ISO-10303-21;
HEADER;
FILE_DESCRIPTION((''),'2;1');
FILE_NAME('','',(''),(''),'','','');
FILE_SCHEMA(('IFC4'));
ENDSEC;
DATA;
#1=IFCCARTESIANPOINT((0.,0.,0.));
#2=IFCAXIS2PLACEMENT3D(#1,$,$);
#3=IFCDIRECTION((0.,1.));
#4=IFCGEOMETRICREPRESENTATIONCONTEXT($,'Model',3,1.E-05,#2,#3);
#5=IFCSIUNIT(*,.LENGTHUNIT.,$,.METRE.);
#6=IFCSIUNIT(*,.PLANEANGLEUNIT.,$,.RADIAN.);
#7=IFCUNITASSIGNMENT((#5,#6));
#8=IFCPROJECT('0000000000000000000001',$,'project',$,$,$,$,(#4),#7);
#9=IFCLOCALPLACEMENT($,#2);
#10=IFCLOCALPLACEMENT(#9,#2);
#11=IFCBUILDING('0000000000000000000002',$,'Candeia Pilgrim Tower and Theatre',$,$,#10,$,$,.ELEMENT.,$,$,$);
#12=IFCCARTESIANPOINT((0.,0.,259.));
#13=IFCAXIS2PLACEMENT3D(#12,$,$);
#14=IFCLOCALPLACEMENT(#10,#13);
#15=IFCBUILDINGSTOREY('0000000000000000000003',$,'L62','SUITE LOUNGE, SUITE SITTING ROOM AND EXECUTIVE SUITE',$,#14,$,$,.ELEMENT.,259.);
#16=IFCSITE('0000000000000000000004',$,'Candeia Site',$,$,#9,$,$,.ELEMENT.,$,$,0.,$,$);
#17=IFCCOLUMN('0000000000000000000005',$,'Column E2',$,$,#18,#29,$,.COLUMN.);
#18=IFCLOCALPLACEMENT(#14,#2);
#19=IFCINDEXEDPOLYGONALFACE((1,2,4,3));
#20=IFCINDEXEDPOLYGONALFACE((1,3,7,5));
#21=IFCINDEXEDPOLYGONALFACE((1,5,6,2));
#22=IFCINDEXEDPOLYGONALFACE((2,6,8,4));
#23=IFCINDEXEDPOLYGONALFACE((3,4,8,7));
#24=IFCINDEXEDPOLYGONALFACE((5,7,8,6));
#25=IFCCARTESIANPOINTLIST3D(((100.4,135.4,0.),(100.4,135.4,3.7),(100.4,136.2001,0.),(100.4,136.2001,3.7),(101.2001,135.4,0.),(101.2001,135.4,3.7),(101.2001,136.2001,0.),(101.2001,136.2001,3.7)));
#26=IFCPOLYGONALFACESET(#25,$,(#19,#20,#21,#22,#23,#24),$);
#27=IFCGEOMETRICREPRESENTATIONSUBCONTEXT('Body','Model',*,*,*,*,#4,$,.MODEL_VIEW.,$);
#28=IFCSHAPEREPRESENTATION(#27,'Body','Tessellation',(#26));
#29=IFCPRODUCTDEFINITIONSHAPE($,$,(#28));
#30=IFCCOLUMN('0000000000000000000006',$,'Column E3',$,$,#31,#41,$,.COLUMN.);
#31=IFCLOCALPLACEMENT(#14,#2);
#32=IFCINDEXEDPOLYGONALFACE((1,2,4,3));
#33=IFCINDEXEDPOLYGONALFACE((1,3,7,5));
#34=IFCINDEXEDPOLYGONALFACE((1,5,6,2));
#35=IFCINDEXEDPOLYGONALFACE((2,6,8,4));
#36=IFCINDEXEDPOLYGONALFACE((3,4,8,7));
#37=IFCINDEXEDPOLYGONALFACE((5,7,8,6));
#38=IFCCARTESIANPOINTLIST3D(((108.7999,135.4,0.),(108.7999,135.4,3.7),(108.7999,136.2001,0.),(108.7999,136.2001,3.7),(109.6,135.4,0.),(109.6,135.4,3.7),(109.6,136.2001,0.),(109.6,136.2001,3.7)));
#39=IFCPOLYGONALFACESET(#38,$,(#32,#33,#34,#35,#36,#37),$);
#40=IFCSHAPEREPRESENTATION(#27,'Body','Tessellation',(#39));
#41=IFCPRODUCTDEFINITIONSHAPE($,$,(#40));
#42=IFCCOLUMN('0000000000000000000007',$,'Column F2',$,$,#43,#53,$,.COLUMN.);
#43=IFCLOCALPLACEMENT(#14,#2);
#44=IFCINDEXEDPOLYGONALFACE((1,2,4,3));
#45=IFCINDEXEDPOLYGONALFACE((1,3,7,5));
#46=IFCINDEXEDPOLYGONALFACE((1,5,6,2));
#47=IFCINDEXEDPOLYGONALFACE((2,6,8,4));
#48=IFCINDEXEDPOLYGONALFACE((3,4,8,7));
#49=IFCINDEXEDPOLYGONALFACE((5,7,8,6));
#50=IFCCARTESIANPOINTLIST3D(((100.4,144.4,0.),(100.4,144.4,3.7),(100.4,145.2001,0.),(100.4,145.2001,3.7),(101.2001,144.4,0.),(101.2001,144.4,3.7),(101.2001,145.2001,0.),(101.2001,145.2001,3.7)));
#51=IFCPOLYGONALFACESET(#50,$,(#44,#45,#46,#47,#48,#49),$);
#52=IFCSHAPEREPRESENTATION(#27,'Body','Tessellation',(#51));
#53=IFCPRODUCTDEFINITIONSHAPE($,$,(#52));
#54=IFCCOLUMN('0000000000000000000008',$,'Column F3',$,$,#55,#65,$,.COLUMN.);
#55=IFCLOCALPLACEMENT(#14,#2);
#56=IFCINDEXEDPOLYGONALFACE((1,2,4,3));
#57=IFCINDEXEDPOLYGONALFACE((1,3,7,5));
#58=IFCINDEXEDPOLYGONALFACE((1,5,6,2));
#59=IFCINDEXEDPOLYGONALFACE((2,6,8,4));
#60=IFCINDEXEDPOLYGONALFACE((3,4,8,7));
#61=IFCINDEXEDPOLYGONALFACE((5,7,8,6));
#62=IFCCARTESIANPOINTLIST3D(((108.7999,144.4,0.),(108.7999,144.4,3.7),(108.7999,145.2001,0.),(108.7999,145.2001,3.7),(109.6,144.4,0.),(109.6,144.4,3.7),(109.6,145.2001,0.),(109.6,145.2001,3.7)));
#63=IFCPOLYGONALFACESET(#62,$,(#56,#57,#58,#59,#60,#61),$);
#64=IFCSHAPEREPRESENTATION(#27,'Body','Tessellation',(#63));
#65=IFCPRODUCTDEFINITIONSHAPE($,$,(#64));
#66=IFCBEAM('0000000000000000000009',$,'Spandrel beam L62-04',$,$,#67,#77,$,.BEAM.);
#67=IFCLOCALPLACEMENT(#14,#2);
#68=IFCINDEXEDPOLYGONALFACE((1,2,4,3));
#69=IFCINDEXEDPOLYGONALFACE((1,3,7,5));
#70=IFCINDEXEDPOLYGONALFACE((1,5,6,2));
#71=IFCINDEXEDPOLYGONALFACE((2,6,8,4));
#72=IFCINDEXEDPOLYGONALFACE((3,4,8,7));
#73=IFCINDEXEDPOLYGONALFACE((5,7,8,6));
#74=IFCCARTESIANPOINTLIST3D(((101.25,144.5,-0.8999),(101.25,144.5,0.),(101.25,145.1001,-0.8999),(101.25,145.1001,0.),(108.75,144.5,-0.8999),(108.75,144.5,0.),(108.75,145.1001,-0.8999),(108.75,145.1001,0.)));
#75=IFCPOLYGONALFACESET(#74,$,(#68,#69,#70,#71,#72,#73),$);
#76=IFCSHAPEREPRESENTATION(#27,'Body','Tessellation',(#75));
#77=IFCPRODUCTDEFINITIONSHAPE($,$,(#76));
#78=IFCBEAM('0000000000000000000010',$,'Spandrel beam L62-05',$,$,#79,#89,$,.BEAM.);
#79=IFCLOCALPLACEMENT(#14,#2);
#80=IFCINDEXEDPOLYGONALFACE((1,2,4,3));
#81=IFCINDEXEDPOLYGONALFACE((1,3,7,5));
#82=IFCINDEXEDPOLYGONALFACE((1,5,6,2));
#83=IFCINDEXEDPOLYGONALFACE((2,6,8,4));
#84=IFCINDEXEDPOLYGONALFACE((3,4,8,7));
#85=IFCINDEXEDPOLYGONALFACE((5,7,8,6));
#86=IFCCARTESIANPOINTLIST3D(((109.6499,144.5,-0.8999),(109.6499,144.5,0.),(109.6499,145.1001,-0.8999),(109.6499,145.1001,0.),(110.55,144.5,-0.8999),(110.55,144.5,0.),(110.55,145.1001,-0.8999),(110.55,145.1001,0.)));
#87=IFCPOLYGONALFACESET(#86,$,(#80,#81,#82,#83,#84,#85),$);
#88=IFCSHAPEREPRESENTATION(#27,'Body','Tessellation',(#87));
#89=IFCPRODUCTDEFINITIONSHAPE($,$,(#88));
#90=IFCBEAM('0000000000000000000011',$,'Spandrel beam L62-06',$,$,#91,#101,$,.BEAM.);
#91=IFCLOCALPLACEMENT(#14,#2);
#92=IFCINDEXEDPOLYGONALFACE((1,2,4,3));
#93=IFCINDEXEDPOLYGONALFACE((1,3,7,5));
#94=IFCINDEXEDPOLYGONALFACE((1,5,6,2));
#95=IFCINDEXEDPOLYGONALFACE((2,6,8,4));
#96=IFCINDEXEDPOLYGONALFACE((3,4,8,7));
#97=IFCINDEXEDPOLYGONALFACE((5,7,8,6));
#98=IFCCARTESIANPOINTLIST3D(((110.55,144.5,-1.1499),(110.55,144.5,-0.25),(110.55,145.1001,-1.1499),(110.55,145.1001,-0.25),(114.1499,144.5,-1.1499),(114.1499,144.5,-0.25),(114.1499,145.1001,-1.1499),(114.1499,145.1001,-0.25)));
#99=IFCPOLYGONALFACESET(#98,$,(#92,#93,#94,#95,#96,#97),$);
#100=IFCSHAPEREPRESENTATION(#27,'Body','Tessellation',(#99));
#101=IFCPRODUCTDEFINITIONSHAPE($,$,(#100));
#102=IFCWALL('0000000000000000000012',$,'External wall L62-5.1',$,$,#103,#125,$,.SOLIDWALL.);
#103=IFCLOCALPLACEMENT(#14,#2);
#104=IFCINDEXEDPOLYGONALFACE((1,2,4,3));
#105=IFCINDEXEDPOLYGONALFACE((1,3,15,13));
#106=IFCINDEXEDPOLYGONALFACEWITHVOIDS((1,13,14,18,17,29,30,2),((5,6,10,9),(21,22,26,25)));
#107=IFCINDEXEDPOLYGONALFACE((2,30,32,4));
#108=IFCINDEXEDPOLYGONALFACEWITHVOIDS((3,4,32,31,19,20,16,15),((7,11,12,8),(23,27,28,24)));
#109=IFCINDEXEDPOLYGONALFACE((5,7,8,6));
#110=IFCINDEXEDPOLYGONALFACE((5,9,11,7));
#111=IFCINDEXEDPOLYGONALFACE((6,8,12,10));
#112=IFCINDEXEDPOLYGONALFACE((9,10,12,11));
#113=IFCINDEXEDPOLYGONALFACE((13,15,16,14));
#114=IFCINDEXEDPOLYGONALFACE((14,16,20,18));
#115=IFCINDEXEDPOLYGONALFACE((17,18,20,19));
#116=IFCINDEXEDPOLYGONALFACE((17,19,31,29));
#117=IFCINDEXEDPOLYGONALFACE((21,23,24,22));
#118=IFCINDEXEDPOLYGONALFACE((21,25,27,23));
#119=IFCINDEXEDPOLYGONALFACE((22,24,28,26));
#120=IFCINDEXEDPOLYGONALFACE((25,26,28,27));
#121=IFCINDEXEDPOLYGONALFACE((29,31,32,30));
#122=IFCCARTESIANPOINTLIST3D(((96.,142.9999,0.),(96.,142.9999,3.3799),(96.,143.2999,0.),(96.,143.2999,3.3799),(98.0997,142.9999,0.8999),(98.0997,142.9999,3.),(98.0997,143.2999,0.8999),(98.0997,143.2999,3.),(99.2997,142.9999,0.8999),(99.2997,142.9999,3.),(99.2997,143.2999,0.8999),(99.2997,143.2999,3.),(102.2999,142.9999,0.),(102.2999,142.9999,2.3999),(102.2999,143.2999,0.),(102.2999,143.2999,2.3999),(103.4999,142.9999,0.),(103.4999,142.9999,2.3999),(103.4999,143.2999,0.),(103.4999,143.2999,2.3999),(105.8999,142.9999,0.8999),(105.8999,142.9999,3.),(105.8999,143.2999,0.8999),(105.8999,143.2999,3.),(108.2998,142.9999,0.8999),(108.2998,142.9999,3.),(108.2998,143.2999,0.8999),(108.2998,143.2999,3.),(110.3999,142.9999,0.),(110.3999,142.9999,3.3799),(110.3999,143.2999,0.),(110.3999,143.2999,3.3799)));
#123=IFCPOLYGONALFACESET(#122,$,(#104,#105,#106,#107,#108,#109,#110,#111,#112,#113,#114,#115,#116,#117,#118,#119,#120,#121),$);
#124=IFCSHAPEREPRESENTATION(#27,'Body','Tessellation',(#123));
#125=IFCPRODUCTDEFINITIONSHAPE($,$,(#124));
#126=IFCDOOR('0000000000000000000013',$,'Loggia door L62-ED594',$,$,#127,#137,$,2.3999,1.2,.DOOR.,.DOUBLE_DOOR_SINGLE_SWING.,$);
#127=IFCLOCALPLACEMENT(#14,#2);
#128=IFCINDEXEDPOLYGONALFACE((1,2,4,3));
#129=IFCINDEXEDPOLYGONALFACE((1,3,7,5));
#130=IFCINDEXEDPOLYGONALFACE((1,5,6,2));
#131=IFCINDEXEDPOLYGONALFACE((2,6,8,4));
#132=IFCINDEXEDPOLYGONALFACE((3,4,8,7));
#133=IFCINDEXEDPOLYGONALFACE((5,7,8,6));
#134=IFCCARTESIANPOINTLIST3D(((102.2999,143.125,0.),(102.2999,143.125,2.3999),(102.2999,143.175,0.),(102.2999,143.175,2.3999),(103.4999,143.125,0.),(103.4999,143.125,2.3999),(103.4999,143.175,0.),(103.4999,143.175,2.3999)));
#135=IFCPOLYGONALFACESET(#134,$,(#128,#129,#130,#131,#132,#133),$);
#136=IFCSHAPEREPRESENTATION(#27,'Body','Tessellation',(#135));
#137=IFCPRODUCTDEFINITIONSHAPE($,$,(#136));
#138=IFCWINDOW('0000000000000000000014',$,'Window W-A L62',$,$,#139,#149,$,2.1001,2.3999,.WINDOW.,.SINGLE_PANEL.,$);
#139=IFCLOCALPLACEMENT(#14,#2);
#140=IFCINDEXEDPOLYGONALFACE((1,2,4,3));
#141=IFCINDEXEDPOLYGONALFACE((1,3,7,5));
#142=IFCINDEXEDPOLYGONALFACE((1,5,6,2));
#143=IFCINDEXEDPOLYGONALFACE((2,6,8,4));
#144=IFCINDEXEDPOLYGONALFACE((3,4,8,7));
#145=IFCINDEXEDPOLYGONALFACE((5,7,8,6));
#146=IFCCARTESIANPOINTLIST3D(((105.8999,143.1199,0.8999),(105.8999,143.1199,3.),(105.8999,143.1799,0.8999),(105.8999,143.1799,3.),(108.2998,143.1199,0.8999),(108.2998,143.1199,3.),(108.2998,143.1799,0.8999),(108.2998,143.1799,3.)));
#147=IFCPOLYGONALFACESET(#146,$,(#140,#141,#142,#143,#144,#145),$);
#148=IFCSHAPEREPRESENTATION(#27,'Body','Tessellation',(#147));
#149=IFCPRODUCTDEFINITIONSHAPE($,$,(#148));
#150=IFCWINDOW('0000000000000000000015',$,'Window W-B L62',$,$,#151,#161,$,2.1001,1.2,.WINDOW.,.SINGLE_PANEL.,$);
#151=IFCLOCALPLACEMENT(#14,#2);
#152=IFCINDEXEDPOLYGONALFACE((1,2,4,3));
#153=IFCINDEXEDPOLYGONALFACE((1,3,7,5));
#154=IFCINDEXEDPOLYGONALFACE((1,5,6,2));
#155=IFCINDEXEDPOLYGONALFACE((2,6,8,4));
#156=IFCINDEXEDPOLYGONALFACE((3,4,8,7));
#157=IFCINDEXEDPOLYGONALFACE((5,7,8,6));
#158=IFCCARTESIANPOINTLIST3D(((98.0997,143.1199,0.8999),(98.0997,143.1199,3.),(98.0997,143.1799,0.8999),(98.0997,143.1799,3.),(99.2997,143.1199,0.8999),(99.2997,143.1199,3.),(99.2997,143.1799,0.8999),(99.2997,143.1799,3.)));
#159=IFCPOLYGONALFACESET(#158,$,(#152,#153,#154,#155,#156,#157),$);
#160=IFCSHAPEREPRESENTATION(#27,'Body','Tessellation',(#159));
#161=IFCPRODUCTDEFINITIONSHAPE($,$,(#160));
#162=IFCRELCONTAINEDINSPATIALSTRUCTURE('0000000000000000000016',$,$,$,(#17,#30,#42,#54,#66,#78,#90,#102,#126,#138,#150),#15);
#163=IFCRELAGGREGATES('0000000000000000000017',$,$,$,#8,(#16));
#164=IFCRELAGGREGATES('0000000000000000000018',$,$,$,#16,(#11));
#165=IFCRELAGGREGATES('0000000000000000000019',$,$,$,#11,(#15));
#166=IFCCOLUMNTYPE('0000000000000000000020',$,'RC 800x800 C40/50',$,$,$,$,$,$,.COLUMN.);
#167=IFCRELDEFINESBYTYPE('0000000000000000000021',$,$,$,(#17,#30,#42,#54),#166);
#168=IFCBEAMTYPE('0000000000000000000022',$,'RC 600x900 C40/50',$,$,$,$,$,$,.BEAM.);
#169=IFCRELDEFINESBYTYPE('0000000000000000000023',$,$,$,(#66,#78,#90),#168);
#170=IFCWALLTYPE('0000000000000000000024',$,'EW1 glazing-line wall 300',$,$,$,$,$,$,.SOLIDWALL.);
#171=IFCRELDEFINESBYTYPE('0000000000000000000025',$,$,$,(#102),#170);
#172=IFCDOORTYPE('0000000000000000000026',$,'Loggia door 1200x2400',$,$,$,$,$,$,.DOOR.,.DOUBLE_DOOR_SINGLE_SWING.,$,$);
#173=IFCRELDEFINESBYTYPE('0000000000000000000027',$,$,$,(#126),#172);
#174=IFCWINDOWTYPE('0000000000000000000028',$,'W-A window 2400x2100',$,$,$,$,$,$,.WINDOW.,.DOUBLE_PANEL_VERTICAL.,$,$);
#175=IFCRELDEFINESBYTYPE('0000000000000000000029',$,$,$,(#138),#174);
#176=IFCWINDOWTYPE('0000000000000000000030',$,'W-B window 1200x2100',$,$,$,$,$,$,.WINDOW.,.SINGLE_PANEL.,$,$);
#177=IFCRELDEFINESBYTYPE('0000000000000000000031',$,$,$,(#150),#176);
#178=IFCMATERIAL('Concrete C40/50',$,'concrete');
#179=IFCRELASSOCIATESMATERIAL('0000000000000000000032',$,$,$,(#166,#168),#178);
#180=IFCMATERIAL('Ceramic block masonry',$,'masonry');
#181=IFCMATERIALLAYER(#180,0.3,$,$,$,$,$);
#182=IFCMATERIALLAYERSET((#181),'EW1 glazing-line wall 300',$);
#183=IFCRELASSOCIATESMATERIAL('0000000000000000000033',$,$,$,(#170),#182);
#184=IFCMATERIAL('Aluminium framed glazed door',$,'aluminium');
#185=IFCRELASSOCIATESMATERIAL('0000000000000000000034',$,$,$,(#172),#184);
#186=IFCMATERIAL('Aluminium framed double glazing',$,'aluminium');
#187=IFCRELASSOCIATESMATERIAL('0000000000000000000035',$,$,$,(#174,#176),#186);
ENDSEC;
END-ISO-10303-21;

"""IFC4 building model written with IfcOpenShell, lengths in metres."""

from ifc_helpers import new_model, si_unit, direction, frame, frame_2d, origin, origin_2d, place, context, subcontext, project, spatial, rectangle, extrude, material, layer, layer_set, material_profile, profile_set, type_object, element, fill, save


model = new_model("IFC4")

# Units and contexts
model_context = context("Model", 3, precision=1e-05, world=origin(), true_north=direction((0.0, 1.0)))
body_context = subcontext(model_context, "Body", "Model", "MODEL_VIEW")
ifc_project = project(units=[si_unit("LENGTHUNIT", "METRE"), si_unit("PLANEANGLEUNIT", "RADIAN")], contexts=[model_context])

# Site, building, storey
site_placement = place(None, origin())
site = spatial("IfcSite", under=ifc_project, at=site_placement, Name="Candeia Site", CompositionType="ELEMENT", RefElevation=0.0)
building_placement = place(site_placement, origin())
building = spatial("IfcBuilding", under=site, at=building_placement, Name="Candeia Pilgrim Tower and Theatre", CompositionType="ELEMENT")
storey_placement = place(building_placement, frame((0.0, 0.0, 259.0)))
storey = spatial("IfcBuildingStorey", under=building, at=storey_placement, Name="L62", Description="SUITE LOUNGE, SUITE SITTING ROOM AND EXECUTIVE SUITE", CompositionType="ELEMENT", Elevation=259.0)

# Columns
ifc_material_1 = material(Name="Concrete C40/50", Category="concrete")
ifc_material_profile_1 = material_profile(ifc_material_1, rectangle(XDim=0.8, YDim=0.8, at=origin_2d()))
ifc_profile_set_1 = profile_set([ifc_material_profile_1], Name="Concrete C40/50")
column_type = type_object("IfcColumnType", Name="RC 800x800 C40/50", PredefinedType="COLUMN", material=ifc_profile_set_1)
for number, where, z_axis, x_axis, name in (
    (1, (100.8, 135.8, 0.0), (0.0, 0.0, 1.0), (1.0, 0.0, 0.0), "Column E2"),
    (2, (109.2, 135.8, 0.0), (0.0, 0.0, 1.0), (1.0, 0.0, 0.0), "Column E3"),
    (3, (100.8, 144.8, 0.0), (0.0, 0.0, 1.0), (1.0, 0.0, 0.0), "Column F2"),
    (4, (109.2, 144.8, 0.0), (0.0, 0.0, 1.0), (1.0, 0.0, 0.0), "Column F3"),
):
    element("IfcColumn", number, at=place(storey_placement, frame(where, z_axis=z_axis, x_axis=x_axis)), inside=storey, type_object=column_type, Name=name, PredefinedType="COLUMN", context=body_context, shape_type="SweptSolid", body=[
        extrude(rectangle(XDim=0.8, YDim=0.8, at=origin_2d()), origin(), (0.0, 0.0, 1.0), 3.7),
    ])

# Beams
ifc_material_profile_2 = material_profile(ifc_material_1, rectangle(XDim=0.6001, YDim=0.8999, at=origin_2d()))
ifc_profile_set_2 = profile_set([ifc_material_profile_2], Name="Concrete C40/50")
beam_type = type_object("IfcBeamType", Name="RC 600x900 C40/50", PredefinedType="BEAM", material=ifc_profile_set_2)
beam_1_placement = place(storey_placement, frame((101.25, 144.8, -0.45), z_axis=(1.0, 0.0, 0.0), x_axis=(0.0, 1.0, 0.0)))
element("IfcBeam", 5, at=beam_1_placement, inside=storey, type_object=beam_type, Name="Spandrel beam L62-04", PredefinedType="BEAM", context=body_context, shape_type="SweptSolid", body=[
    extrude(rectangle(XDim=0.6001, YDim=0.8999, at=origin_2d()), origin(), (0.0, 0.0, 1.0), 7.5),
])
beam_2_placement = place(storey_placement, frame((109.6499, 144.8, -0.45), z_axis=(1.0, 0.0, 0.0), x_axis=(0.0, 1.0, 0.0)))
element("IfcBeam", 6, at=beam_2_placement, inside=storey, type_object=beam_type, Name="Spandrel beam L62-05", PredefinedType="BEAM", context=body_context, shape_type="SweptSolid", body=[
    extrude(rectangle(XDim=0.6001, YDim=0.8999, at=origin_2d()), origin(), (0.0, 0.0, 1.0), 0.9001),
])
beam_3_placement = place(storey_placement, frame((110.55, 144.8, -0.7), z_axis=(1.0, 0.0, 0.0), x_axis=(0.0, 1.0, 0.0)))
element("IfcBeam", 7, at=beam_3_placement, inside=storey, type_object=beam_type, Name="Spandrel beam L62-06", PredefinedType="BEAM", context=body_context, shape_type="SweptSolid", body=[
    extrude(rectangle(XDim=0.6001, YDim=0.8999, at=origin_2d()), origin(), (0.0, 0.0, 1.0), 3.5999),
])

# Wall, openings, door, windows
ifc_material_2 = material(Name="Ceramic block masonry", Category="masonry")
ifc_layer_1 = layer(ifc_material_2, 0.3)
ifc_layer_set_1 = layer_set([ifc_layer_1], Name="EW1 glazing-line wall 300")
wall_type_1 = type_object("IfcWallType", Name="EW1 glazing-line wall 300", PredefinedType="SOLIDWALL", material=ifc_layer_set_1)
wall_1_placement = place(storey_placement, frame((110.3999, 143.1499, 0.0), z_axis=(0.0, 0.0, 1.0), x_axis=(-1.0, 0.0, 0.0)))
wall_1 = element("IfcWall", 8, at=wall_1_placement, inside=storey, type_object=wall_type_1, Name="External wall L62-5.1", PredefinedType="SOLIDWALL", context=body_context, shape_type="SweptSolid", body=[
    extrude(rectangle(XDim=14.3999, YDim=0.3, at=frame_2d((7.2, 0.0))), origin(), (0.0, 0.0, 1.0), 3.3799),
])
opening_1_placement = place(wall_1_placement, frame((2.1001, 0.0, 0.8999)))
opening_1 = element("IfcOpeningElement", 9, at=opening_1_placement, cuts=wall_1, PredefinedType="OPENING", context=body_context, shape_type="SweptSolid", body=[
    extrude(rectangle(XDim=2.3999, YDim=2.1001, at=frame_2d((1.2, 1.05))), frame((0.0, 0.1602, 0.0), z_axis=(0.0, -1.0, 0.0), x_axis=(1.0, 0.0, 0.0)), (0.0, 0.0, 1.0), 0.3201),
])
opening_2_placement = place(wall_1_placement, frame((6.8999, 0.0, 0.0)))
opening_2 = element("IfcOpeningElement", 10, at=opening_2_placement, cuts=wall_1, PredefinedType="OPENING", context=body_context, shape_type="SweptSolid", body=[
    extrude(rectangle(XDim=1.2, YDim=2.3999, at=frame_2d((0.6001, 1.2))), frame((0.0, 0.1602, 0.0), z_axis=(0.0, -1.0, 0.0), x_axis=(1.0, 0.0, 0.0)), (0.0, 0.0, 1.0), 0.3201),
])
opening_3_placement = place(wall_1_placement, frame((11.1001, 0.0, 0.8999)))
opening_3 = element("IfcOpeningElement", 11, at=opening_3_placement, cuts=wall_1, PredefinedType="OPENING", context=body_context, shape_type="SweptSolid", body=[
    extrude(rectangle(XDim=1.2, YDim=2.1001, at=frame_2d((0.6001, 1.05))), frame((0.0, 0.1602, 0.0), z_axis=(0.0, -1.0, 0.0), x_axis=(1.0, 0.0, 0.0)), (0.0, 0.0, 1.0), 0.3201),
])
ifc_material_3 = material(Name="Aluminium framed glazed door", Category="aluminium")
door_type_1 = type_object("IfcDoorType", Name="Loggia door 1200x2400", OperationType="DOUBLE_DOOR_SINGLE_SWING", PredefinedType="DOOR", material=ifc_material_3)
door_1_placement = place(opening_2_placement, origin())
door_1 = element("IfcDoor", 12, at=door_1_placement, inside=storey, type_object=door_type_1, Name="Loggia door L62-ED594", OperationType="DOUBLE_DOOR_SINGLE_SWING", OverallHeight=2.3999, OverallWidth=1.2, PredefinedType="DOOR", context=body_context, shape_type="SweptSolid", body=[
    extrude(rectangle(XDim=1.2, YDim=2.3999, at=frame_2d((0.6001, 1.2))), frame((0.0, 0.0249, 0.0), z_axis=(0.0, -1.0, 0.0), x_axis=(1.0, 0.0, 0.0)), (0.0, 0.0, 1.0), 0.05),
])
fill(opening_2, door_1)
ifc_material_4 = material(Name="Aluminium framed double glazing", Category="aluminium")
window_type_1 = type_object("IfcWindowType", Name="W-A window 2400x2100", PartitioningType="DOUBLE_PANEL_VERTICAL", PredefinedType="WINDOW", material=ifc_material_4)
window_1_placement = place(opening_1_placement, origin())
window_1 = element("IfcWindow", 13, at=window_1_placement, inside=storey, type_object=window_type_1, Name="Window W-A L62", OverallHeight=2.1001, OverallWidth=2.3999, PartitioningType="SINGLE_PANEL", PredefinedType="WINDOW", context=body_context, shape_type="SweptSolid", body=[
    extrude(rectangle(XDim=2.3999, YDim=2.1001, at=frame_2d((1.2, 1.05))), frame((0.0, 0.03, 0.0), z_axis=(0.0, -1.0, 0.0), x_axis=(1.0, 0.0, 0.0)), (0.0, 0.0, 1.0), 0.0601),
])
fill(opening_1, window_1)
window_type_2 = type_object("IfcWindowType", Name="W-B window 1200x2100", PartitioningType="SINGLE_PANEL", PredefinedType="WINDOW", material=ifc_material_4)
window_2_placement = place(opening_3_placement, origin())
window_2 = element("IfcWindow", 14, at=window_2_placement, inside=storey, type_object=window_type_2, Name="Window W-B L62", OverallHeight=2.1001, OverallWidth=1.2, PartitioningType="SINGLE_PANEL", PredefinedType="WINDOW", context=body_context, shape_type="SweptSolid", body=[
    extrude(rectangle(XDim=1.2, YDim=2.1001, at=frame_2d((0.6001, 1.05))), frame((0.0, 0.03, 0.0), z_axis=(0.0, -1.0, 0.0), x_axis=(1.0, 0.0, 0.0)), (0.0, 0.0, 1.0), 0.0601),
])
fill(opening_3, window_2)

save(model, "model.ifc")
